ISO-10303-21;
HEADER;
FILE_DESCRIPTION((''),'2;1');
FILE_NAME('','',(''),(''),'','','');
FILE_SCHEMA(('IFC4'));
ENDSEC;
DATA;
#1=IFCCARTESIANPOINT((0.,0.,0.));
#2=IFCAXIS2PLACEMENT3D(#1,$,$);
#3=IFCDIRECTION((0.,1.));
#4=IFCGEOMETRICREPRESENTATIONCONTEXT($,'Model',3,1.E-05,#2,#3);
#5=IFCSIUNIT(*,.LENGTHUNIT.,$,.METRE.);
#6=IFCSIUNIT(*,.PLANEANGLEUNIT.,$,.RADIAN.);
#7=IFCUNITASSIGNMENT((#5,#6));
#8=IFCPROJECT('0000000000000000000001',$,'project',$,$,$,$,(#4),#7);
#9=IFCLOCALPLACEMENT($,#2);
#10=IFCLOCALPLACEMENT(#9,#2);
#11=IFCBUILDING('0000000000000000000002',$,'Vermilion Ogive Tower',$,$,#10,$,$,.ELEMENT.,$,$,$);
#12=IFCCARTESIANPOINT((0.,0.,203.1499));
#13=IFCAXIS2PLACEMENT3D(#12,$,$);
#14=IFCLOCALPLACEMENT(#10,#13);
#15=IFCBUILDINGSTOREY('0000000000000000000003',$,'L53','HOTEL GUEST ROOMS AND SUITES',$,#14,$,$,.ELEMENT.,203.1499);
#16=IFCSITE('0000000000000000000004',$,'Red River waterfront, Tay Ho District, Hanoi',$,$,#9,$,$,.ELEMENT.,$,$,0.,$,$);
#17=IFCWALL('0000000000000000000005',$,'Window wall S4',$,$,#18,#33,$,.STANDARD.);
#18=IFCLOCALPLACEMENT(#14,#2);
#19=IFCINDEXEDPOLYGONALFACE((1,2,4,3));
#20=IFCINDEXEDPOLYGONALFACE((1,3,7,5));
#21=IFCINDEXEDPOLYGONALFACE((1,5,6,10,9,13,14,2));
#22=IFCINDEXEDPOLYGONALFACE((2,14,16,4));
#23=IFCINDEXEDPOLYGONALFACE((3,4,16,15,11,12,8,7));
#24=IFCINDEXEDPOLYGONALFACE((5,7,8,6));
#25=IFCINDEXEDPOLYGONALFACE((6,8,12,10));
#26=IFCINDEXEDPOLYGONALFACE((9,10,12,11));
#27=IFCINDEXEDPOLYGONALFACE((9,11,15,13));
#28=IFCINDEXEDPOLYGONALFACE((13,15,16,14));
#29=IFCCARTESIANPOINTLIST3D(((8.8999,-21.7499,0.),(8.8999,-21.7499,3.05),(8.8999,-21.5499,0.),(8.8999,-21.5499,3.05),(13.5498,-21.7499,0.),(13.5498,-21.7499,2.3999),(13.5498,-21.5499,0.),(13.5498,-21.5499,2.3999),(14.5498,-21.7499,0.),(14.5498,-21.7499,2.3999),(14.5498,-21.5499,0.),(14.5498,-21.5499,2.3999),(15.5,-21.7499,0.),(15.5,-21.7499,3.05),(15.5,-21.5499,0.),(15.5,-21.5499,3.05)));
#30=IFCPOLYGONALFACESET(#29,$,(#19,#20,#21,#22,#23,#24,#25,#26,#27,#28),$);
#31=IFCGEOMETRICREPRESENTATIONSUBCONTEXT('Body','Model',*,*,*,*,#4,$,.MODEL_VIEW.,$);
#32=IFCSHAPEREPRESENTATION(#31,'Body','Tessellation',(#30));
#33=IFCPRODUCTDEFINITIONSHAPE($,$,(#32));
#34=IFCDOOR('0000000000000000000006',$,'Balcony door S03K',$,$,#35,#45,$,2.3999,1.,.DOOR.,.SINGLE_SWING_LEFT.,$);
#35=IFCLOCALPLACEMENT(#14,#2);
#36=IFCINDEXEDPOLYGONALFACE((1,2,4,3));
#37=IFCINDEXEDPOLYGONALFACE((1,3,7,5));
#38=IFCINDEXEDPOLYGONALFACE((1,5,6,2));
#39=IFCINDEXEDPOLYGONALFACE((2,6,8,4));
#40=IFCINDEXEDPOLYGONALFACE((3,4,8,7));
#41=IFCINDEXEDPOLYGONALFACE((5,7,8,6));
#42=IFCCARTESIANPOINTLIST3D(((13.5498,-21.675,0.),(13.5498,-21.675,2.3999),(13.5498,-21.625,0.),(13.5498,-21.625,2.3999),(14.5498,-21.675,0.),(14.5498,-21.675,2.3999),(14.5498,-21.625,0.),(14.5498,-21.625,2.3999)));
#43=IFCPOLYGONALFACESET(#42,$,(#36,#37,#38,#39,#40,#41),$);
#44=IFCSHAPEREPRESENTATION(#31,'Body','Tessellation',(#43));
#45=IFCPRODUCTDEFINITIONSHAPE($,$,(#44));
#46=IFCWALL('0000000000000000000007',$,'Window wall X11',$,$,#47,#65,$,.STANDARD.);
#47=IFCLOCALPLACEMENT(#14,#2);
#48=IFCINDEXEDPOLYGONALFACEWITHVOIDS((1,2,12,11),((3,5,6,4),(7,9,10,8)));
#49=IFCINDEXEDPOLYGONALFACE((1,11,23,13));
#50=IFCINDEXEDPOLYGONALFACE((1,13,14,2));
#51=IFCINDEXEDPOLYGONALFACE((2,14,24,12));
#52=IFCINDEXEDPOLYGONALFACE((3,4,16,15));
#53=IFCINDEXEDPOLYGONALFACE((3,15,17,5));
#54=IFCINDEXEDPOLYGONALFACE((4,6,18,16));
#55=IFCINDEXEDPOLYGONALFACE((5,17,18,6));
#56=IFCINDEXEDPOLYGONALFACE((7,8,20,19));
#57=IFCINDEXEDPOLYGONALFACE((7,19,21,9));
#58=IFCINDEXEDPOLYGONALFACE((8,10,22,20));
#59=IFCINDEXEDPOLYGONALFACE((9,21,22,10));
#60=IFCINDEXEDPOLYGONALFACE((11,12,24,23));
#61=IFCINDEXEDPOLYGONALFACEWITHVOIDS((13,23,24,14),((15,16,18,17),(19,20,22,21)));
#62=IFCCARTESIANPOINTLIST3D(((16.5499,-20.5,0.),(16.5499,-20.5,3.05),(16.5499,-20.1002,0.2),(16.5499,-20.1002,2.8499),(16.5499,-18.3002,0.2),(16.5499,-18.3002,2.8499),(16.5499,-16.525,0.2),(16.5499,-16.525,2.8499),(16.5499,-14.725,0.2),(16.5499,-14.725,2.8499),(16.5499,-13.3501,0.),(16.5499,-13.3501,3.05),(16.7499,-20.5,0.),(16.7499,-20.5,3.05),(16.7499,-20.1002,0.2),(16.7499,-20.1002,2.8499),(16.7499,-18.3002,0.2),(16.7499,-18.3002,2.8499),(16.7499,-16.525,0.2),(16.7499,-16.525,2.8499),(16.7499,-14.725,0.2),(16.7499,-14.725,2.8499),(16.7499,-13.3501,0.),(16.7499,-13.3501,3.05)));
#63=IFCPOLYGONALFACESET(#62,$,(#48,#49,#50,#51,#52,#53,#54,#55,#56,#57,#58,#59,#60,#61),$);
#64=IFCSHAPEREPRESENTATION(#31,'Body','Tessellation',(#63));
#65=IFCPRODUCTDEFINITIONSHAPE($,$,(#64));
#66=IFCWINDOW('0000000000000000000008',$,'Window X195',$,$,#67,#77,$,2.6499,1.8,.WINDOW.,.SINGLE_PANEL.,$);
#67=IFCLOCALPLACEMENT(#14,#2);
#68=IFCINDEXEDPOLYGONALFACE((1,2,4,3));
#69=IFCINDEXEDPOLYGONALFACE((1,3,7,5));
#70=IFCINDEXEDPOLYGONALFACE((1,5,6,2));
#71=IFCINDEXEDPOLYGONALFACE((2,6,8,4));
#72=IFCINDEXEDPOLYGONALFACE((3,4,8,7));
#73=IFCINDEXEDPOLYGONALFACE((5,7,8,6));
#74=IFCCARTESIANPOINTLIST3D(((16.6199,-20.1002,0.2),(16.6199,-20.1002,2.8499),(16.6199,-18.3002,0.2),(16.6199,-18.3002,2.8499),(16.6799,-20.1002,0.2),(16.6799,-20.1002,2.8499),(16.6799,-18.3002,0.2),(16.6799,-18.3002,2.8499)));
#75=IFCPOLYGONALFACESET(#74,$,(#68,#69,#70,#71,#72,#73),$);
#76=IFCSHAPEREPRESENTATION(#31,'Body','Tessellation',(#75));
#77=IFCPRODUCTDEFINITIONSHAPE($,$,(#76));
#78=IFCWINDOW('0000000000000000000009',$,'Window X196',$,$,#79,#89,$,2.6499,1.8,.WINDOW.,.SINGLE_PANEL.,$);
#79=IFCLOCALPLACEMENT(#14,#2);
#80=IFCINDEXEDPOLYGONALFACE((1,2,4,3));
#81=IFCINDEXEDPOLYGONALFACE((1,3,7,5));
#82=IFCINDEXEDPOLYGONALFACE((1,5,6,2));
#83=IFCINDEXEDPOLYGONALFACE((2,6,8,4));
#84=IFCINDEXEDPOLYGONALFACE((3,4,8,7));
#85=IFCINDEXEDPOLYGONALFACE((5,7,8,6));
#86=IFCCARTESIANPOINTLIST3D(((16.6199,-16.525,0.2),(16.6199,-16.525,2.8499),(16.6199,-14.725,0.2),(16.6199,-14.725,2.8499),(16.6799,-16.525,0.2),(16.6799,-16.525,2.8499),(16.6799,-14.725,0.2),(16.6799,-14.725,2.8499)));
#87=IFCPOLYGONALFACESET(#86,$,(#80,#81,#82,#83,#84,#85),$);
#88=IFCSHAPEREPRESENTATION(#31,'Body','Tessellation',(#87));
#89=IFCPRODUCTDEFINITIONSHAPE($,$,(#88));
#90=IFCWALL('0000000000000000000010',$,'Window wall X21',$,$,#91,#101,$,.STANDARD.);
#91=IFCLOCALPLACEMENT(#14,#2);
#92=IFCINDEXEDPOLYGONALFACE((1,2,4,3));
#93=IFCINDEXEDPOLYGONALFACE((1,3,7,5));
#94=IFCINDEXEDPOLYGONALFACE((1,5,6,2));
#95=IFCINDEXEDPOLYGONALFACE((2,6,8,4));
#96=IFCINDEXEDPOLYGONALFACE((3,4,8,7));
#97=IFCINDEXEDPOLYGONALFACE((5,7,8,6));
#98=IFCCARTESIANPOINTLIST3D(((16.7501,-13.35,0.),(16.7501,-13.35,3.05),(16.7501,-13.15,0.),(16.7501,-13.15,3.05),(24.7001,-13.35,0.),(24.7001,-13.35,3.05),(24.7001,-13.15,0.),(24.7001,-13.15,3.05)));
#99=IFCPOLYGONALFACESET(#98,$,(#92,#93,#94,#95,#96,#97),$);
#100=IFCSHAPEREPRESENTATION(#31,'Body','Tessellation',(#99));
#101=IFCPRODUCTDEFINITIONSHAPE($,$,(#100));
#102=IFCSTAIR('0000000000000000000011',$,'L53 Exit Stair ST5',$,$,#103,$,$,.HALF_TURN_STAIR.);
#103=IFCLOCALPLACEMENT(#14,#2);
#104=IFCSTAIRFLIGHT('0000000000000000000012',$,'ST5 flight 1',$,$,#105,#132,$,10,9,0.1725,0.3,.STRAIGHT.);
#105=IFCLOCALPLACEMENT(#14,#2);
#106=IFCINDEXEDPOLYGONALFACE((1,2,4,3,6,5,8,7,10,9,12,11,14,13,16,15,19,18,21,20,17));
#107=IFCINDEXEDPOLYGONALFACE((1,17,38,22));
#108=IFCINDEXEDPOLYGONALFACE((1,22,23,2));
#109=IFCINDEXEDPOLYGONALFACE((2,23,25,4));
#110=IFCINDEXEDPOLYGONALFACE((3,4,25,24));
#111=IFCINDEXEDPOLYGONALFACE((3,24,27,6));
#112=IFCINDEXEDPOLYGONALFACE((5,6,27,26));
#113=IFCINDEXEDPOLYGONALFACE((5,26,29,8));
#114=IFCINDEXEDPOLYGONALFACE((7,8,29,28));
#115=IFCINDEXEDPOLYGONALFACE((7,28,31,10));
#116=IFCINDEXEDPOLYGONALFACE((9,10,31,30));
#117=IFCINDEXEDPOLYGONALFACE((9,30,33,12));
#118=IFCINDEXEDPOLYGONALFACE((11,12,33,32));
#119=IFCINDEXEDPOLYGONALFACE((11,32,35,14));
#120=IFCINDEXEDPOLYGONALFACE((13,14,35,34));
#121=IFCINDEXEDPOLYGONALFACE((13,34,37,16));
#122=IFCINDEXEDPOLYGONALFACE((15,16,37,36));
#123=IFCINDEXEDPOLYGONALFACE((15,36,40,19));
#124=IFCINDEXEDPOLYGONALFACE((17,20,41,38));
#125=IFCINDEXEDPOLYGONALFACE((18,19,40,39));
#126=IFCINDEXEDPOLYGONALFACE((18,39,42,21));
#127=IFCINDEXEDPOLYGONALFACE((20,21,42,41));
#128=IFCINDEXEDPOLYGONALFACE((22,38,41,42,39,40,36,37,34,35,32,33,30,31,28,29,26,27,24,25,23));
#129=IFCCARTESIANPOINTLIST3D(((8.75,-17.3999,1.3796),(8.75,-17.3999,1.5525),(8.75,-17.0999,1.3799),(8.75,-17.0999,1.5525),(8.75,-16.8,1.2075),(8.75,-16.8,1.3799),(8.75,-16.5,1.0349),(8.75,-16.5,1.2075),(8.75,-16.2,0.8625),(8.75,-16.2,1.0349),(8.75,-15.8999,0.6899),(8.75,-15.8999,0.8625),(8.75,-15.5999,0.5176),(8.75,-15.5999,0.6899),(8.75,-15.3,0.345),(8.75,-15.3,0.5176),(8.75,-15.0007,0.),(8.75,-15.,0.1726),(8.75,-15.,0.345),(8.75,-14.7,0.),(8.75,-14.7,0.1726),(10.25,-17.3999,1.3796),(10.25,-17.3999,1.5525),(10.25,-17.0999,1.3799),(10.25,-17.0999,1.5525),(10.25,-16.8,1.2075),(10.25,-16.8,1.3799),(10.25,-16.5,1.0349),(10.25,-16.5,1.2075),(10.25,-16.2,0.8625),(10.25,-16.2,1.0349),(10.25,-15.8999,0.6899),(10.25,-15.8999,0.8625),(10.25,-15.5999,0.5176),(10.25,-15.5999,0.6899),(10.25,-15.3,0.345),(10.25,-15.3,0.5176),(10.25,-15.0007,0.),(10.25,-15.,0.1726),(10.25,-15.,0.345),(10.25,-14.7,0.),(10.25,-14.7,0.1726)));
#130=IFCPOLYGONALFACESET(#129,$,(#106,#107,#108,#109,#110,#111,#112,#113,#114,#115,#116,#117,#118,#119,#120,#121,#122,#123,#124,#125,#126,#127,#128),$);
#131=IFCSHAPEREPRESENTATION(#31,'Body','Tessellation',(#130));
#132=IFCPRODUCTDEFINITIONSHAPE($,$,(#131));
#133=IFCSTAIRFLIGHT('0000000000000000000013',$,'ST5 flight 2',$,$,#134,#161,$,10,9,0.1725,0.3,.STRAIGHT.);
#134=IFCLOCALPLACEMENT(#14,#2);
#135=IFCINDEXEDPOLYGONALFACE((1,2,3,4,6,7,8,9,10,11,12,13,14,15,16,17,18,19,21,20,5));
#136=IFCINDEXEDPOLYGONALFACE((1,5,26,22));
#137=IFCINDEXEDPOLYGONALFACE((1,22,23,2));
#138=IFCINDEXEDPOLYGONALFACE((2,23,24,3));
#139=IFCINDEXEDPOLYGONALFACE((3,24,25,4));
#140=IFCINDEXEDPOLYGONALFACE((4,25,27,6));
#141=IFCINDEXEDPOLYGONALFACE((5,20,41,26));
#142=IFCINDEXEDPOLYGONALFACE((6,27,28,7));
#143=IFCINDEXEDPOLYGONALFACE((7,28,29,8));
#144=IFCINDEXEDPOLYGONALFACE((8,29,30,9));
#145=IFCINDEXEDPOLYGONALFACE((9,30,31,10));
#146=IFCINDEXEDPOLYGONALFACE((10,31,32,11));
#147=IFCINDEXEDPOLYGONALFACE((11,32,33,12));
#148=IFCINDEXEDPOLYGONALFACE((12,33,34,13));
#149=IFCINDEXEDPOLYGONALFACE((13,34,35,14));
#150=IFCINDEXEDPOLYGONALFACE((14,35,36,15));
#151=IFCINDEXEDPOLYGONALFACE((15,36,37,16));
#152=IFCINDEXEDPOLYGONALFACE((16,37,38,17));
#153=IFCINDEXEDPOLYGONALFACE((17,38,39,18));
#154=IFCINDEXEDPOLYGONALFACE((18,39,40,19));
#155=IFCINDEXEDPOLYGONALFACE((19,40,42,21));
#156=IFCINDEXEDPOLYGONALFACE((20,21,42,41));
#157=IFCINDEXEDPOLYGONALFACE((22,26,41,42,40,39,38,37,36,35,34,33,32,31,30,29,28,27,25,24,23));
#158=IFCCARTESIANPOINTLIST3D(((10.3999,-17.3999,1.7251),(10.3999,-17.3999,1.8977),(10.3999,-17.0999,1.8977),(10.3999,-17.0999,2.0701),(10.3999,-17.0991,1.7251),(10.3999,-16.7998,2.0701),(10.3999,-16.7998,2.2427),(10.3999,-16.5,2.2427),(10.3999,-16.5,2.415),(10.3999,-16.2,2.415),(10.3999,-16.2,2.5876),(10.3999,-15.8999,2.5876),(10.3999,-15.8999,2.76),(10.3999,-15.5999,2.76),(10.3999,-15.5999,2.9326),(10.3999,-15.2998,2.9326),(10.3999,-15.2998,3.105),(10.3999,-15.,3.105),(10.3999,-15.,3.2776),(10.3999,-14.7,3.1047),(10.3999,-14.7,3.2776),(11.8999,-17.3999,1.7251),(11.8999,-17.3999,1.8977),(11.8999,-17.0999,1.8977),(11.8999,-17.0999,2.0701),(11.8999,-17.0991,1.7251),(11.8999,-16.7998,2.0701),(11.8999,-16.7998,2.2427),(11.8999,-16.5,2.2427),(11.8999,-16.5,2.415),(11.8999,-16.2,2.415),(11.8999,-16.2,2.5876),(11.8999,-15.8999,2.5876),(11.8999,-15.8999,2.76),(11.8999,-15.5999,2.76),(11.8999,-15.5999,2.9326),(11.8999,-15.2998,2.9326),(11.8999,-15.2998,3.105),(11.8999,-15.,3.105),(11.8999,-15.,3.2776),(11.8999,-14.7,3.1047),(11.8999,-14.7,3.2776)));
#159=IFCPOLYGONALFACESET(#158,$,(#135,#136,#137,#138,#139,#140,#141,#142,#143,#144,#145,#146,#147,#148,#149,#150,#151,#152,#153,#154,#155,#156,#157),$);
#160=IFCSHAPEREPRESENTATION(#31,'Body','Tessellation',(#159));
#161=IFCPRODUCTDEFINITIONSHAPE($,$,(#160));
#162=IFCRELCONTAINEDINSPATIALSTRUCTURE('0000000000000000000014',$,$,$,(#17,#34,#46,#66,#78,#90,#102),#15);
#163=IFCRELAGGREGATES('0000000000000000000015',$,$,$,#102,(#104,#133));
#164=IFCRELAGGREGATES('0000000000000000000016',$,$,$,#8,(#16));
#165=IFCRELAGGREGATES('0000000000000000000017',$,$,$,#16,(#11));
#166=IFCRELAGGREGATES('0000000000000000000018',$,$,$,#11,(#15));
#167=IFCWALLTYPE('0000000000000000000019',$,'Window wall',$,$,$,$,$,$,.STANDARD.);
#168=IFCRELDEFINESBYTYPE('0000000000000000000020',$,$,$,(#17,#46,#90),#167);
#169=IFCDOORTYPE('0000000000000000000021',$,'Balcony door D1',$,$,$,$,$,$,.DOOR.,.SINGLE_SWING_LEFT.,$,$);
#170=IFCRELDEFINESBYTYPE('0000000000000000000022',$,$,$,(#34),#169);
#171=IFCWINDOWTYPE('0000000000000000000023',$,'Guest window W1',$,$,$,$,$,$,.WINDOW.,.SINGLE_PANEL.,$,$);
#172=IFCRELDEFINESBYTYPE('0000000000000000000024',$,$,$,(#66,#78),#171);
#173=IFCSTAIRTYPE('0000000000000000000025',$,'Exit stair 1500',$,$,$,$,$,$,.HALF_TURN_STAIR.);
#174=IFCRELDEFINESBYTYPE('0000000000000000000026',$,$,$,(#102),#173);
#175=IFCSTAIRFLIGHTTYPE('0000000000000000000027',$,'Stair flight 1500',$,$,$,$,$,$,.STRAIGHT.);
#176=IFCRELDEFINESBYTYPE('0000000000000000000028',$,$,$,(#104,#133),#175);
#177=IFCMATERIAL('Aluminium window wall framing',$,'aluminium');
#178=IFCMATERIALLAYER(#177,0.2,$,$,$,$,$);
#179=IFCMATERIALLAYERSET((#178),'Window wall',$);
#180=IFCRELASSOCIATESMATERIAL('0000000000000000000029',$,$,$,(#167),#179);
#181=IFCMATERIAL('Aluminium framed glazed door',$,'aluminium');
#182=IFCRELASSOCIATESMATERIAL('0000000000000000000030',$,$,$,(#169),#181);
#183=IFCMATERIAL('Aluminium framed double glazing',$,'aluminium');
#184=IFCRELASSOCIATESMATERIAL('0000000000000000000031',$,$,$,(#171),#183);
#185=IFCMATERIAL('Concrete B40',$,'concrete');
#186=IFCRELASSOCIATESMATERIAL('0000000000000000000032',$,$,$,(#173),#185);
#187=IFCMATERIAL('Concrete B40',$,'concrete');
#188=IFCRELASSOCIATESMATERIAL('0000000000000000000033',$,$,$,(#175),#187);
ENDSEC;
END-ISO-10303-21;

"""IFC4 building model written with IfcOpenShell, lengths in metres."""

from ifc_helpers import new_model, si_unit, direction, frame, frame_2d, origin, place, context, subcontext, project, spatial, polyline, rectangle, outline, extrude, material, layer, layer_set, type_object, element, fill, aggregate, save


model = new_model("IFC4")

# Units and contexts
model_context = context("Model", 3, precision=1e-05, world=origin(), true_north=direction((0.0, 1.0)))
body_context = subcontext(model_context, "Body", "Model", "MODEL_VIEW")
ifc_project = project(units=[si_unit("LENGTHUNIT", "METRE"), si_unit("PLANEANGLEUNIT", "RADIAN")], contexts=[model_context])

# Site, building, storey
site_placement = place(None, origin())
site = spatial("IfcSite", under=ifc_project, at=site_placement, Name="Red River waterfront, Tay Ho District, Hanoi", CompositionType="ELEMENT", RefElevation=0.0)
building_placement = place(site_placement, origin())
building = spatial("IfcBuilding", under=site, at=building_placement, Name="Vermilion Ogive Tower", CompositionType="ELEMENT")
storey_placement = place(building_placement, frame((0.0, 0.0, 203.1499)))
storey = spatial("IfcBuildingStorey", under=building, at=storey_placement, Name="L53", Description="HOTEL GUEST ROOMS AND SUITES", CompositionType="ELEMENT", Elevation=203.1499)

# Wall, opening, door
ifc_material_1 = material(Name="Aluminium window wall framing", Category="aluminium")
ifc_layer_1 = layer(ifc_material_1, 0.2)
ifc_layer_set_1 = layer_set([ifc_layer_1], Name="Window wall")
wall_type_1 = type_object("IfcWallType", Name="Window wall", PredefinedType="STANDARD", material=ifc_layer_set_1)
wall_1_placement = place(storey_placement, frame((8.8999, -21.6499, 0.0), z_axis=(0.0, 0.0, 1.0), x_axis=(1.0, 0.0, 0.0)))
wall_1 = element("IfcWall", 1, at=wall_1_placement, inside=storey, type_object=wall_type_1, Name="Window wall S4", PredefinedType="STANDARD", context=body_context, shape_type="SweptSolid", body=[
    extrude(rectangle(XDim=6.6001, YDim=0.2, at=frame_2d((3.3, 0.0))), origin(), (0.0, 0.0, 1.0), 3.05),
])
opening_1_placement = place(wall_1_placement, frame((4.6499, 0.0, 0.0)))
opening_1 = element("IfcOpeningElement", 2, at=opening_1_placement, cuts=wall_1, PredefinedType="OPENING", context=body_context, shape_type="SweptSolid", body=[
    extrude(rectangle(XDim=1.0, YDim=2.3999, at=frame_2d((0.5, 1.2))), frame((0.0, 0.1099, 0.0), z_axis=(0.0, -1.0, 0.0), x_axis=(1.0, 0.0, 0.0)), (0.0, 0.0, 1.0), 0.22),
])
ifc_material_2 = material(Name="Aluminium framed glazed door", Category="aluminium")
door_type_1 = type_object("IfcDoorType", Name="Balcony door D1", OperationType="SINGLE_SWING_LEFT", PredefinedType="DOOR", material=ifc_material_2)
door_1_placement = place(opening_1_placement, origin())
door_1 = element("IfcDoor", 3, at=door_1_placement, inside=storey, type_object=door_type_1, Name="Balcony door S03K", OperationType="SINGLE_SWING_LEFT", OverallHeight=2.3999, OverallWidth=1.0, PredefinedType="DOOR", context=body_context, shape_type="SweptSolid", body=[
    extrude(rectangle(XDim=1.0, YDim=2.3999, at=frame_2d((0.5, 1.2))), frame((0.0, 0.0249, 0.0), z_axis=(0.0, -1.0, 0.0), x_axis=(1.0, 0.0, 0.0)), (0.0, 0.0, 1.0), 0.05),
])
fill(opening_1, door_1)

# Wall, openings, windows
wall_2_placement = place(storey_placement, frame((16.6499, -20.5, 0.0), z_axis=(0.0, 0.0, 1.0), x_axis=(0.0, 1.0, 0.0)))
wall_2 = element("IfcWall", 4, at=wall_2_placement, inside=storey, type_object=wall_type_1, Name="Window wall X11", PredefinedType="STANDARD", context=body_context, shape_type="SweptSolid", body=[
    extrude(rectangle(XDim=7.1499, YDim=0.2, at=frame_2d((3.575, 0.0))), origin(), (0.0, 0.0, 1.0), 3.05),
])
opening_2_placement = place(wall_2_placement, frame((0.3999, 0.0, 0.2)))
opening_2 = element("IfcOpeningElement", 5, at=opening_2_placement, cuts=wall_2, PredefinedType="OPENING", context=body_context, shape_type="SweptSolid", body=[
    extrude(rectangle(XDim=1.8, YDim=2.6499, at=frame_2d((0.8999, 1.325))), frame((0.0, 0.1099, 0.0), z_axis=(0.0, -1.0, 0.0), x_axis=(1.0, 0.0, 0.0)), (0.0, 0.0, 1.0), 0.22),
])
opening_3_placement = place(wall_2_placement, frame((3.9751, 0.0, 0.2)))
opening_3 = element("IfcOpeningElement", 6, at=opening_3_placement, cuts=wall_2, PredefinedType="OPENING", context=body_context, shape_type="SweptSolid", body=[
    extrude(rectangle(XDim=1.8, YDim=2.6499, at=frame_2d((0.8999, 1.325))), frame((0.0, 0.1099, 0.0), z_axis=(0.0, -1.0, 0.0), x_axis=(1.0, 0.0, 0.0)), (0.0, 0.0, 1.0), 0.22),
])
ifc_material_3 = material(Name="Aluminium framed double glazing", Category="aluminium")
window_type = type_object("IfcWindowType", Name="Guest window W1", PartitioningType="SINGLE_PANEL", PredefinedType="WINDOW", material=ifc_material_3)
window_1_placement = place(opening_2_placement, origin())
window_1 = element("IfcWindow", 7, at=window_1_placement, inside=storey, type_object=window_type, Name="Window X195", OverallHeight=2.6499, OverallWidth=1.8, PartitioningType="SINGLE_PANEL", PredefinedType="WINDOW", context=body_context, shape_type="SweptSolid", body=[
    extrude(rectangle(XDim=1.8, YDim=2.6499, at=frame_2d((0.8999, 1.325))), frame((0.0, 0.03, 0.0), z_axis=(0.0, -1.0, 0.0), x_axis=(1.0, 0.0, 0.0)), (0.0, 0.0, 1.0), 0.0601),
])
fill(opening_2, window_1)
window_2_placement = place(opening_3_placement, origin())
window_2 = element("IfcWindow", 8, at=window_2_placement, inside=storey, type_object=window_type, Name="Window X196", OverallHeight=2.6499, OverallWidth=1.8, PartitioningType="SINGLE_PANEL", PredefinedType="WINDOW", context=body_context, shape_type="SweptSolid", body=[
    extrude(rectangle(XDim=1.8, YDim=2.6499, at=frame_2d((0.8999, 1.325))), frame((0.0, 0.03, 0.0), z_axis=(0.0, -1.0, 0.0), x_axis=(1.0, 0.0, 0.0)), (0.0, 0.0, 1.0), 0.0601),
])
fill(opening_3, window_2)

# Wall
wall_3_placement = place(storey_placement, frame((16.75, -13.25, 0.0), z_axis=(0.0, 0.0, 1.0), x_axis=(1.0, 0.0, 0.0)))
element("IfcWall", 9, at=wall_3_placement, inside=storey, type_object=wall_type_1, Name="Window wall X21", PredefinedType="STANDARD", context=body_context, shape_type="SweptSolid", body=[
    extrude(rectangle(XDim=7.95, YDim=0.2, at=frame_2d((3.9751, 0.0))), origin(), (0.0, 0.0, 1.0), 3.05),
])

# Stair, stair flights
ifc_material_4 = material(Name="Concrete B40", Category="concrete")
stair_type = type_object("IfcStairType", Name="Exit stair 1500", PredefinedType="HALF_TURN_STAIR", material=ifc_material_4)
stair_placement = place(storey_placement, origin())
stair = element("IfcStair", 10, at=stair_placement, inside=storey, type_object=stair_type, Name="L53 Exit Stair ST5", PredefinedType="HALF_TURN_STAIR")
ifc_material_5 = material(Name="Concrete B40", Category="concrete")
stair_flight_type = type_object("IfcStairFlightType", Name="Stair flight 1500", PredefinedType="STRAIGHT", material=ifc_material_5)
stair_flight_1_placement = place(storey_placement, frame((9.5, -14.7, 0.0), z_axis=(0.0, 0.0, 1.0), x_axis=(0.0, -1.0, 0.0)))
stair_flight_1 = element("IfcStairFlight", 11, at=stair_flight_1_placement, type_object=stair_flight_type, Name="ST5 flight 1", NumberOfRisers=10, NumberOfTreads=9, PredefinedType="STRAIGHT", RiserHeight=0.1725, TreadLength=0.3, context=body_context, shape_type="SweptSolid", body=[
    extrude(outline(polyline([(0.0, 0.0), (0.0, 0.1726), (0.3, 0.1726), (0.3, 0.345), (0.6001, 0.345), (0.6001, 0.5176), (0.8999, 0.5176), (0.8999, 0.6899), (1.2, 0.6899), (1.2, 0.8625), (1.5, 0.8625), (1.5, 1.0349), (1.8, 1.0349), (1.8, 1.2075), (2.1001, 1.2075), (2.1001, 1.3799), (2.3999, 1.3799), (2.3999, 1.5525), (2.7, 1.5525), (2.7, 1.7251), (2.7, 1.3796), (0.3008, 0.0), (0.0, 0.0)])), frame((0.0, 0.75, 0.0), z_axis=(0.0, -1.0, 0.0), x_axis=(1.0, 0.0, 0.0)), (0.0, 0.0, 1.0), 1.5),
])
stair_flight_2_placement = place(storey_placement, frame((11.1499, -17.3999, 1.7251), z_axis=(0.0, 0.0, 1.0), x_axis=(0.0, 1.0, 0.0)))
stair_flight_2 = element("IfcStairFlight", 12, at=stair_flight_2_placement, type_object=stair_flight_type, Name="ST5 flight 2", NumberOfRisers=10, NumberOfTreads=9, PredefinedType="STRAIGHT", RiserHeight=0.1725, TreadLength=0.3, context=body_context, shape_type="SweptSolid", body=[
    extrude(outline(polyline([(0.0, 0.0), (0.0, 0.1726), (0.3, 0.1726), (0.3, 0.345), (0.6001, 0.345), (0.6001, 0.5176), (0.8999, 0.5176), (0.8999, 0.6899), (1.2, 0.6899), (1.2, 0.8625), (1.5, 0.8625), (1.5, 1.0349), (1.8, 1.0349), (1.8, 1.2075), (2.1001, 1.2075), (2.1001, 1.3799), (2.3999, 1.3799), (2.3999, 1.5525), (2.7, 1.5525), (2.7, 1.7251), (2.7, 1.3796), (0.3008, 0.0), (0.0, 0.0)])), frame((0.0, 0.75, 0.0), z_axis=(0.0, -1.0, 0.0), x_axis=(1.0, 0.0, 0.0)), (0.0, 0.0, 1.0), 1.5),
])
aggregate(stair, [stair_flight_1, stair_flight_2])

save(model, "model.ifc")
